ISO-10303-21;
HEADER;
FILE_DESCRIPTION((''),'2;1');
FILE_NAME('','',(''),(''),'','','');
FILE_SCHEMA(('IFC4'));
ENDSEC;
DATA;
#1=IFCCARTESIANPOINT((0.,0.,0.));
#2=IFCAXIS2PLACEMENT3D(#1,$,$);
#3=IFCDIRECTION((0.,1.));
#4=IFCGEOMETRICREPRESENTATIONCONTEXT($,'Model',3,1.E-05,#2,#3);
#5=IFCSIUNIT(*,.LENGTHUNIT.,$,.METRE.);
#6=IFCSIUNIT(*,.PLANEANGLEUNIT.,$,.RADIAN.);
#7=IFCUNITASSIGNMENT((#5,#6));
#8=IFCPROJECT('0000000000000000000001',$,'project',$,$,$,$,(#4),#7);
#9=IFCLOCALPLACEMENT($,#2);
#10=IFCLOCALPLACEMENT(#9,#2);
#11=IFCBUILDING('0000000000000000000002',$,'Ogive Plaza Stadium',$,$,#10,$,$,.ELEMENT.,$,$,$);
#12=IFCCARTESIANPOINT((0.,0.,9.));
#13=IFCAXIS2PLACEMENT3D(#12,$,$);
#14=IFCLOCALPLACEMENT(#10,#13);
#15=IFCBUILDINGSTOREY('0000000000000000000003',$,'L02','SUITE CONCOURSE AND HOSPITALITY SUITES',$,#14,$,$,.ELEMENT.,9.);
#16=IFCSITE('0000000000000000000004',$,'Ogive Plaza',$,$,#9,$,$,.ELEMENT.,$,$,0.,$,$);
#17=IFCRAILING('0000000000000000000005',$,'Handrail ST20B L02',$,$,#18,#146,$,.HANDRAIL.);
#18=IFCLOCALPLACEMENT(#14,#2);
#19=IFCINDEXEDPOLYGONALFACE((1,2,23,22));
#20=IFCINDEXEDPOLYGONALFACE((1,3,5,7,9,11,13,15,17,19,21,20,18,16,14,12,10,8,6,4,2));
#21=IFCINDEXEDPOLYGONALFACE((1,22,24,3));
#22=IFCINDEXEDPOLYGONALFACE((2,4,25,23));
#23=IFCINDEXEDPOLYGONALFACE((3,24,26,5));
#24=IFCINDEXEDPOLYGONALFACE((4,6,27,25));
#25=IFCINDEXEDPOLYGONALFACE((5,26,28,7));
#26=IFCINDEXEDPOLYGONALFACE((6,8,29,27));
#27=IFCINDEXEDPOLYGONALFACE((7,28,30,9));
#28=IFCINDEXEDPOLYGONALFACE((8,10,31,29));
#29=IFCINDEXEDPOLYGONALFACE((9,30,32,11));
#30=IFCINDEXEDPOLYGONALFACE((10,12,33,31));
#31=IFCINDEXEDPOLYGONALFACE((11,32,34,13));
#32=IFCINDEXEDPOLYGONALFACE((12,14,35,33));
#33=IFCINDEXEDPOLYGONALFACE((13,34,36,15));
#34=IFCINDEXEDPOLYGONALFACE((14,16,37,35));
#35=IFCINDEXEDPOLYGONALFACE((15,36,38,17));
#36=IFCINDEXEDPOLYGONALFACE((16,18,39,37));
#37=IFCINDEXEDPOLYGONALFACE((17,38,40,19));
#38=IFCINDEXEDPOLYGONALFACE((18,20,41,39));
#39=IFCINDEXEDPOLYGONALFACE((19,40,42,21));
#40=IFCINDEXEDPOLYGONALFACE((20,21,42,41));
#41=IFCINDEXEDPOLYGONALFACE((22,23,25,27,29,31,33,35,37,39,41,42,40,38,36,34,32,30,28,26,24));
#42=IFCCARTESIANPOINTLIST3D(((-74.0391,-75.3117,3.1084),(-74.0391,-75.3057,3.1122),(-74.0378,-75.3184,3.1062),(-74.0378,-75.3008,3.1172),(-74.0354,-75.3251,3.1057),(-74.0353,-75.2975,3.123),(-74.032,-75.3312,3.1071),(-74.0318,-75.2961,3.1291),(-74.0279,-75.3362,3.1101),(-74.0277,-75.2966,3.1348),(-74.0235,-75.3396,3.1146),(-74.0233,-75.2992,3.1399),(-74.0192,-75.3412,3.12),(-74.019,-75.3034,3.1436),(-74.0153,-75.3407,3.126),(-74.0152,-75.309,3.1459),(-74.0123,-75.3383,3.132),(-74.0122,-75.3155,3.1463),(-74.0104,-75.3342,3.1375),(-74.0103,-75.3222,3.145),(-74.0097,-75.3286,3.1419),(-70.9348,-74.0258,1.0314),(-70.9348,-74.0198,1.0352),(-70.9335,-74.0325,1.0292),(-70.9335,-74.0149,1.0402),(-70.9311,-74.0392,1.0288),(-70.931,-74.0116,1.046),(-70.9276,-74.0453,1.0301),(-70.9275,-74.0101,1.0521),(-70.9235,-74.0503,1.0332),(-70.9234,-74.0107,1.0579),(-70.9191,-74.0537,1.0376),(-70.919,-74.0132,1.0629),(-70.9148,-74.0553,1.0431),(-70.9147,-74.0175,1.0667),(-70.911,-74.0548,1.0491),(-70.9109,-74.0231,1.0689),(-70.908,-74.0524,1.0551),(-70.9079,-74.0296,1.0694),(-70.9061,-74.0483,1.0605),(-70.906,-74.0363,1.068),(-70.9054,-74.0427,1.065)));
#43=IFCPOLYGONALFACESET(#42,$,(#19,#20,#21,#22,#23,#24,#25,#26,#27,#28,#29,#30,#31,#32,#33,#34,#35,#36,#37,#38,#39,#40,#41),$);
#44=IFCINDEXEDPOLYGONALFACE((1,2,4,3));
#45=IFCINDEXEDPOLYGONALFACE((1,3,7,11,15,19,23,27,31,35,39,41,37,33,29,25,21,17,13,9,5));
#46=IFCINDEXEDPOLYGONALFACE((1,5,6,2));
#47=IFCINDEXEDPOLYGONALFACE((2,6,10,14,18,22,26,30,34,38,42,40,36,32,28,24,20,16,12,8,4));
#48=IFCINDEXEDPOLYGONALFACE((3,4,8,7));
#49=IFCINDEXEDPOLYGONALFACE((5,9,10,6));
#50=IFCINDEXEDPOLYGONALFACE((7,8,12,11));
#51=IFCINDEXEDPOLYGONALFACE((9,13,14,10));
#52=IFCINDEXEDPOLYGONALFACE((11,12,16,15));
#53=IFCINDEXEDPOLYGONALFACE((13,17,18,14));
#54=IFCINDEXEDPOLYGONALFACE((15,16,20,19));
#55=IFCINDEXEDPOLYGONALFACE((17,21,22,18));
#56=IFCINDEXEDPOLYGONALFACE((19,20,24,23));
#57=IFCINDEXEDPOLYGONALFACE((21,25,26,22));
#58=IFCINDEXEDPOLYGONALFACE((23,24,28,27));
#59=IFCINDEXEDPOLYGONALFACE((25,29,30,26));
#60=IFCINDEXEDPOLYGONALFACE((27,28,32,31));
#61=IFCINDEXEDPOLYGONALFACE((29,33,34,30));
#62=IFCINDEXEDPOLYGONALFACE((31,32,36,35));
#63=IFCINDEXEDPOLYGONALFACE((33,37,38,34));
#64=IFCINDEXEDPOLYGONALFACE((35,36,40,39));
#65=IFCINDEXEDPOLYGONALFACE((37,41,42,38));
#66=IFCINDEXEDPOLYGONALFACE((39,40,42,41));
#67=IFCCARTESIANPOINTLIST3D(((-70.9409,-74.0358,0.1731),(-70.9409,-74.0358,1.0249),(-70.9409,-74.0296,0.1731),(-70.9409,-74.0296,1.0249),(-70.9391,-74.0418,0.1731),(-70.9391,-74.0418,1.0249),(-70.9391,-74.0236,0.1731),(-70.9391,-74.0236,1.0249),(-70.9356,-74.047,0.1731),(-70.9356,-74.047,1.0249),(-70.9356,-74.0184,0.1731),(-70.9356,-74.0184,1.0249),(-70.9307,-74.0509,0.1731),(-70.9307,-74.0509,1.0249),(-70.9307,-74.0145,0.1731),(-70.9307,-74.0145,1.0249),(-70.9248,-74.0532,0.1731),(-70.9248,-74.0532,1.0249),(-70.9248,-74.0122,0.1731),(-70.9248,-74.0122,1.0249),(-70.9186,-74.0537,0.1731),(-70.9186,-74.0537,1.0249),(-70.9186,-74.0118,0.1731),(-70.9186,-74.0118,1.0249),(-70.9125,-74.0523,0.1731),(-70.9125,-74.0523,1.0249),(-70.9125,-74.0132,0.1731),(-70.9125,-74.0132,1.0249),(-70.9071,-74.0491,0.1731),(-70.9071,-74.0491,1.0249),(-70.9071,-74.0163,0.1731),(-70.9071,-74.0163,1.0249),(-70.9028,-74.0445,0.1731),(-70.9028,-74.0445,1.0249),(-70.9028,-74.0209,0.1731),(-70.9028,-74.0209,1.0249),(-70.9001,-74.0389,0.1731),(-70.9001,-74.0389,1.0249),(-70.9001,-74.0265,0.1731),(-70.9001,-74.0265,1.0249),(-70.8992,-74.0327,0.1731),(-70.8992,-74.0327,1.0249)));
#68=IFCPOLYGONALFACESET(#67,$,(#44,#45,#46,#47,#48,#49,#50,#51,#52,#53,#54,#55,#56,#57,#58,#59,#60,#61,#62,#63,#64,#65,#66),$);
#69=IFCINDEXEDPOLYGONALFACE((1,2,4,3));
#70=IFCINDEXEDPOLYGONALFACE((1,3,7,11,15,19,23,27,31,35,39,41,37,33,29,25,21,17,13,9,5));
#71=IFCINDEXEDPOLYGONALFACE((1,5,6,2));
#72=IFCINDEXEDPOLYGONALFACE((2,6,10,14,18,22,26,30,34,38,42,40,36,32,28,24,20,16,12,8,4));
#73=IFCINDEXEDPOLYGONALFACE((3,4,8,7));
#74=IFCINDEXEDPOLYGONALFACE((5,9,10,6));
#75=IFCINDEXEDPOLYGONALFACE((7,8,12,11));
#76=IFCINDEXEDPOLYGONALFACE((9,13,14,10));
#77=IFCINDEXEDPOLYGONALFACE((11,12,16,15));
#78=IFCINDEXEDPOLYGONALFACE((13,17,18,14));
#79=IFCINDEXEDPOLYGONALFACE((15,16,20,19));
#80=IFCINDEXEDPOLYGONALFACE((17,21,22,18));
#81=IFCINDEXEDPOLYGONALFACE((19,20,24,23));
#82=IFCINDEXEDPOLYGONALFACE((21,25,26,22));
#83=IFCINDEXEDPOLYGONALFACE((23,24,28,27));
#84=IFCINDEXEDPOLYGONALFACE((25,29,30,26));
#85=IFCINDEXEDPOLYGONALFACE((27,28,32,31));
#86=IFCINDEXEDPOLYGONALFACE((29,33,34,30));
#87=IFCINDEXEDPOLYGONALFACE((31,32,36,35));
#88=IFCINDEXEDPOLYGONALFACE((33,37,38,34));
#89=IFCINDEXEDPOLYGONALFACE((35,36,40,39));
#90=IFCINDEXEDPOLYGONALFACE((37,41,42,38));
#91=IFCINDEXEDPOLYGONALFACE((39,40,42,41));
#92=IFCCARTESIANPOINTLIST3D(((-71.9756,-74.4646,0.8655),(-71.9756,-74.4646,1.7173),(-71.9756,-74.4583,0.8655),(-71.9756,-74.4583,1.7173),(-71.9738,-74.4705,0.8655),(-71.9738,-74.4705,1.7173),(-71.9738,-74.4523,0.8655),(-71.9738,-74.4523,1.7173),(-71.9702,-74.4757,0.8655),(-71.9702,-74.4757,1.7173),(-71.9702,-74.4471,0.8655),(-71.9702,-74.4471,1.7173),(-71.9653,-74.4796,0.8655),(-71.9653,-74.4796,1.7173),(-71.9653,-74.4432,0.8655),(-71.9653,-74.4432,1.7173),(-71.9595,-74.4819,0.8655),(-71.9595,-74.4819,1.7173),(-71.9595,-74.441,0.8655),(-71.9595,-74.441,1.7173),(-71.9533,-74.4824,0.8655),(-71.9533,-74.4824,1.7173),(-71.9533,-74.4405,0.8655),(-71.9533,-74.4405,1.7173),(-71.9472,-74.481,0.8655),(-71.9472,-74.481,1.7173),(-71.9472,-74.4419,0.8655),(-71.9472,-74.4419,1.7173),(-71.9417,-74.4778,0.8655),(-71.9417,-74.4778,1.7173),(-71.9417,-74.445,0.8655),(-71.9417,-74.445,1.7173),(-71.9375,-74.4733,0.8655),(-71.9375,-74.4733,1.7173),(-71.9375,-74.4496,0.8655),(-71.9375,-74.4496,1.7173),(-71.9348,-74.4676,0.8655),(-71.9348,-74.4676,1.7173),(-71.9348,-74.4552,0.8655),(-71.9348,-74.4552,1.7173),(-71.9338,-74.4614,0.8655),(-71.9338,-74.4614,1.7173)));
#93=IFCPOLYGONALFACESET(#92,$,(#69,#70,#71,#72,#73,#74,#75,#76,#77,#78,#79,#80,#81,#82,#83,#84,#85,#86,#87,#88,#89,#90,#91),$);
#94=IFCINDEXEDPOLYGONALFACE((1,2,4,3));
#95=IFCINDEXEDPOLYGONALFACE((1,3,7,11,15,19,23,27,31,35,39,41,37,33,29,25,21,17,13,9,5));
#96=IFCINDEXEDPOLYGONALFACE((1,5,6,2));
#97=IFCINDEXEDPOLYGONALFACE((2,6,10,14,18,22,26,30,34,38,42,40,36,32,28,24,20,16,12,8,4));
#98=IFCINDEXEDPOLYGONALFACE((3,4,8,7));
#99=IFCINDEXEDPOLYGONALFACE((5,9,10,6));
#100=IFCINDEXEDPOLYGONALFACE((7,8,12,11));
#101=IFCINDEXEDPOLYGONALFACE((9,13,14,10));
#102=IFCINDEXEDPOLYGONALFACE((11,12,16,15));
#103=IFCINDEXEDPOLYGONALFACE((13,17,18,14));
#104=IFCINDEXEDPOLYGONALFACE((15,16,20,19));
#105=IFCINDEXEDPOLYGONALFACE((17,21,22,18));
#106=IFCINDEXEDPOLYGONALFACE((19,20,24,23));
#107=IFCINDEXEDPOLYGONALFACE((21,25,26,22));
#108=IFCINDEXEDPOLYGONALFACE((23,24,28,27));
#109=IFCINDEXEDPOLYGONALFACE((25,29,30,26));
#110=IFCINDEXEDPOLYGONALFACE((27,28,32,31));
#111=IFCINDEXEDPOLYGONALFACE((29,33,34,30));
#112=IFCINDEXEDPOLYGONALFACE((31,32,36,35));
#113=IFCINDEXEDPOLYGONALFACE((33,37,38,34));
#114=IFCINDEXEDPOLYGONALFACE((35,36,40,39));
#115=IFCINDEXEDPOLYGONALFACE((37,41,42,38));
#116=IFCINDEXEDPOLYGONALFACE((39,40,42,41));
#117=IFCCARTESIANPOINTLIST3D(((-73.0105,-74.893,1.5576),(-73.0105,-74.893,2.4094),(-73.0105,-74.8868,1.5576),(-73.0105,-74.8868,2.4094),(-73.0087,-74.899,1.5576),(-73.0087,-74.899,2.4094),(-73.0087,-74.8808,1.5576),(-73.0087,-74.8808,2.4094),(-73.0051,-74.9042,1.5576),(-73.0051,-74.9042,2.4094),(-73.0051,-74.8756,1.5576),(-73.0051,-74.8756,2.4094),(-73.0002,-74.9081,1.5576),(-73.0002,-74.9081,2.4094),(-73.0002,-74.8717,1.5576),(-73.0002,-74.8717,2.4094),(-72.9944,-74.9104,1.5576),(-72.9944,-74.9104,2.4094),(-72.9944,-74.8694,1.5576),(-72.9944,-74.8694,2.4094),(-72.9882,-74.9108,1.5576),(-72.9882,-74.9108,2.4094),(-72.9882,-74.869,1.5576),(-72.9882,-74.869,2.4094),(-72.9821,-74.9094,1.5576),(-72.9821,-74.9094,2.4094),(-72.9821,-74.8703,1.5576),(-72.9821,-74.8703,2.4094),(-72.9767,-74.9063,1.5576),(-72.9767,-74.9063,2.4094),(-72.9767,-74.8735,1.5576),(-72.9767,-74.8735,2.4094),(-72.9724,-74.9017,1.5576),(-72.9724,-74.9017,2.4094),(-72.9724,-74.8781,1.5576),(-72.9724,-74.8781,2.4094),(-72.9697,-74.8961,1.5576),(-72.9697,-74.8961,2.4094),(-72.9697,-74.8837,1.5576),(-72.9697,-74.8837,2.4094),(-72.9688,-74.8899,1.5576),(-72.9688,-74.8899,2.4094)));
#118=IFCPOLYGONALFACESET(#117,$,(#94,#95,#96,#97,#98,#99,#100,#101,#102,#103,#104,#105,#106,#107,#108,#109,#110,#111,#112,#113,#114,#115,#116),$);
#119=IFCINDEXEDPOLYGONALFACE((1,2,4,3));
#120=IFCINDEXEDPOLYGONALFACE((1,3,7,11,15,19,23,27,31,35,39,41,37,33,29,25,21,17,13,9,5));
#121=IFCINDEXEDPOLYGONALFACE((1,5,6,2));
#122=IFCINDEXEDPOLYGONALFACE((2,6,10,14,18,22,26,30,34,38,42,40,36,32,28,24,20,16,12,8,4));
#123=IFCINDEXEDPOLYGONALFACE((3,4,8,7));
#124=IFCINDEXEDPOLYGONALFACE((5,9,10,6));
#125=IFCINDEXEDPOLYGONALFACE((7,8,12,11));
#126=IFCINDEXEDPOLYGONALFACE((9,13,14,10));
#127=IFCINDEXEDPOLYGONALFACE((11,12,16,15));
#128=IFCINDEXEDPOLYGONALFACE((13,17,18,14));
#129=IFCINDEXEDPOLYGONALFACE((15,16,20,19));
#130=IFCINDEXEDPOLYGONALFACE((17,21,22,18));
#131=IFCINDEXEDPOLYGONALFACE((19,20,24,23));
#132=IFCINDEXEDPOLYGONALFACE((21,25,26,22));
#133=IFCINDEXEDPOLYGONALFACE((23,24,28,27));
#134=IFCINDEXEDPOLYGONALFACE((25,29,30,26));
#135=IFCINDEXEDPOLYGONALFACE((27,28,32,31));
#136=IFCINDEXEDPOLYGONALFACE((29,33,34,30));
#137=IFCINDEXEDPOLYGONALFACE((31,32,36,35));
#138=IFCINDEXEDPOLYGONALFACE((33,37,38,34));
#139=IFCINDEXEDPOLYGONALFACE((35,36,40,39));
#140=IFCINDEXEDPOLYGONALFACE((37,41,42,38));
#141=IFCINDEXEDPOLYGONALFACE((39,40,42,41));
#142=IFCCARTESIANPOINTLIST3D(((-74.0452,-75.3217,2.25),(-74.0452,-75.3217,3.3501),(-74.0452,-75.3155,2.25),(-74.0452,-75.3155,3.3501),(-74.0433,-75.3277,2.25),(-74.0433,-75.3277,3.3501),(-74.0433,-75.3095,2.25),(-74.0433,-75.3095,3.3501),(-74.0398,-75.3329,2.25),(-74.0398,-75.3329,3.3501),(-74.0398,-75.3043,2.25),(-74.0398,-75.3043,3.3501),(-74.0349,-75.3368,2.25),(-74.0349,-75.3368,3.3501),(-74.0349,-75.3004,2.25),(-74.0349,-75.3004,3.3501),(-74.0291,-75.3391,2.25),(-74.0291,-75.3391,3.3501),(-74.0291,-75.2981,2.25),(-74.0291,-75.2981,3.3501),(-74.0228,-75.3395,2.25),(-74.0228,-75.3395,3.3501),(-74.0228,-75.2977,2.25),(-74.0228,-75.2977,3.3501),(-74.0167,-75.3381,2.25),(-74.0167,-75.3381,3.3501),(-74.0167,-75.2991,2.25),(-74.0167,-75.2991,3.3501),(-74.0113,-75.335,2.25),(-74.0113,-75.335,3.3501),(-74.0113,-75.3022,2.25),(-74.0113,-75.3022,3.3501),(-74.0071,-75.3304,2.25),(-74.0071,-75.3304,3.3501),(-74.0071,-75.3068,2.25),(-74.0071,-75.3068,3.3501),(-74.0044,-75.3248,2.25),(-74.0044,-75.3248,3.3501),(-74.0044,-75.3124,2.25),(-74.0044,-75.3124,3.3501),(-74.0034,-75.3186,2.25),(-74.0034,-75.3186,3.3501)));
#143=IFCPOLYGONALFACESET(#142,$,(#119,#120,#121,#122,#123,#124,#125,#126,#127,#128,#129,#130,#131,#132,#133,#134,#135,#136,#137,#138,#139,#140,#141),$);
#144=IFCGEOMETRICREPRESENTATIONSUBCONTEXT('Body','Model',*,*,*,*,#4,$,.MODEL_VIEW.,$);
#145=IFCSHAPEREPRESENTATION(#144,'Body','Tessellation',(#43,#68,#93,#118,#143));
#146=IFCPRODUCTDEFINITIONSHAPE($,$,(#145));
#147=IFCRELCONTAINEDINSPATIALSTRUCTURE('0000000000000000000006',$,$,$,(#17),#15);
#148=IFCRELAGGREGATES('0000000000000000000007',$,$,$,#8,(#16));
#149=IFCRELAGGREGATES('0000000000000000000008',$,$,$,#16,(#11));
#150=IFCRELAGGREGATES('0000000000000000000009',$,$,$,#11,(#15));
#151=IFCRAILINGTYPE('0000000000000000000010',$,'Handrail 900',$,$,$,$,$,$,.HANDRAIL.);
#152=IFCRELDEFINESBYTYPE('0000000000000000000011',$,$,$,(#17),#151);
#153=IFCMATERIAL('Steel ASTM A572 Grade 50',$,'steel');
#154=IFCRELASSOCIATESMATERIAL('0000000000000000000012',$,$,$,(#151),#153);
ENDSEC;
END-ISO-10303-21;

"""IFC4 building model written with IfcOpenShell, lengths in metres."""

from ifc_helpers import new_model, si_unit, direction, frame, origin, origin_2d, place, context, subcontext, project, spatial, circle, extrude, material, type_object, element, save


model = new_model("IFC4")

# Units and contexts
model_context = context("Model", 3, precision=1e-05, world=origin(), true_north=direction((0.0, 1.0)))
body_context = subcontext(model_context, "Body", "Model", "MODEL_VIEW")
ifc_project = project(units=[si_unit("LENGTHUNIT", "METRE"), si_unit("PLANEANGLEUNIT", "RADIAN")], contexts=[model_context])

# Site, building, storey
site_placement = place(None, origin())
site = spatial("IfcSite", under=ifc_project, at=site_placement, Name="Ogive Plaza", CompositionType="ELEMENT", RefElevation=0.0)
building_placement = place(site_placement, origin())
building = spatial("IfcBuilding", under=site, at=building_placement, Name="Ogive Plaza Stadium", CompositionType="ELEMENT")
storey_placement = place(building_placement, frame((0.0, 0.0, 9.0)))
storey = spatial("IfcBuildingStorey", under=building, at=storey_placement, Name="L02", Description="SUITE CONCOURSE AND HOSPITALITY SUITES", CompositionType="ELEMENT", Elevation=9.0)

# Railing
ifc_material_1 = material(Name="Steel ASTM A572 Grade 50", Category="steel")
railing_type_1 = type_object("IfcRailingType", Name="Handrail 900", PredefinedType="HANDRAIL", material=ifc_material_1)
railing_1_placement = place(storey_placement, frame((-70.9202, -74.0327, 0.1731)))
element("IfcRailing", 1, at=railing_1_placement, inside=storey, type_object=railing_type_1, Name="Handrail ST20B L02", PredefinedType="HANDRAIL", context=body_context, shape_type="SweptSolid", body=[
    extrude(circle(Radius=0.0239, at=origin_2d()), frame((0.0, 0.0, 0.876), z_axis=(-0.785863, -0.325532, 0.525783), x_axis=(0.3827, -0.923872, 0.0)), (0.0, 0.0, 1.0), 3.9502),
    extrude(circle(Radius=0.021, at=origin_2d()), origin(), (0.0, 0.0, 1.0), 0.8518),
    extrude(circle(Radius=0.021, at=origin_2d()), frame((-1.0347, -0.4287, 0.6924)), (0.0, 0.0, 1.0), 0.8518),
    extrude(circle(Radius=0.021, at=origin_2d()), frame((-2.0696, -0.8572, 1.3845)), (0.0, 0.0, 1.0), 0.8518),
    extrude(circle(Radius=0.021, at=origin_2d()), frame((-3.1042, -1.2859, 2.0769)), (0.0, 0.0, 1.0), 1.1001),
])

save(model, "model.ifc")
